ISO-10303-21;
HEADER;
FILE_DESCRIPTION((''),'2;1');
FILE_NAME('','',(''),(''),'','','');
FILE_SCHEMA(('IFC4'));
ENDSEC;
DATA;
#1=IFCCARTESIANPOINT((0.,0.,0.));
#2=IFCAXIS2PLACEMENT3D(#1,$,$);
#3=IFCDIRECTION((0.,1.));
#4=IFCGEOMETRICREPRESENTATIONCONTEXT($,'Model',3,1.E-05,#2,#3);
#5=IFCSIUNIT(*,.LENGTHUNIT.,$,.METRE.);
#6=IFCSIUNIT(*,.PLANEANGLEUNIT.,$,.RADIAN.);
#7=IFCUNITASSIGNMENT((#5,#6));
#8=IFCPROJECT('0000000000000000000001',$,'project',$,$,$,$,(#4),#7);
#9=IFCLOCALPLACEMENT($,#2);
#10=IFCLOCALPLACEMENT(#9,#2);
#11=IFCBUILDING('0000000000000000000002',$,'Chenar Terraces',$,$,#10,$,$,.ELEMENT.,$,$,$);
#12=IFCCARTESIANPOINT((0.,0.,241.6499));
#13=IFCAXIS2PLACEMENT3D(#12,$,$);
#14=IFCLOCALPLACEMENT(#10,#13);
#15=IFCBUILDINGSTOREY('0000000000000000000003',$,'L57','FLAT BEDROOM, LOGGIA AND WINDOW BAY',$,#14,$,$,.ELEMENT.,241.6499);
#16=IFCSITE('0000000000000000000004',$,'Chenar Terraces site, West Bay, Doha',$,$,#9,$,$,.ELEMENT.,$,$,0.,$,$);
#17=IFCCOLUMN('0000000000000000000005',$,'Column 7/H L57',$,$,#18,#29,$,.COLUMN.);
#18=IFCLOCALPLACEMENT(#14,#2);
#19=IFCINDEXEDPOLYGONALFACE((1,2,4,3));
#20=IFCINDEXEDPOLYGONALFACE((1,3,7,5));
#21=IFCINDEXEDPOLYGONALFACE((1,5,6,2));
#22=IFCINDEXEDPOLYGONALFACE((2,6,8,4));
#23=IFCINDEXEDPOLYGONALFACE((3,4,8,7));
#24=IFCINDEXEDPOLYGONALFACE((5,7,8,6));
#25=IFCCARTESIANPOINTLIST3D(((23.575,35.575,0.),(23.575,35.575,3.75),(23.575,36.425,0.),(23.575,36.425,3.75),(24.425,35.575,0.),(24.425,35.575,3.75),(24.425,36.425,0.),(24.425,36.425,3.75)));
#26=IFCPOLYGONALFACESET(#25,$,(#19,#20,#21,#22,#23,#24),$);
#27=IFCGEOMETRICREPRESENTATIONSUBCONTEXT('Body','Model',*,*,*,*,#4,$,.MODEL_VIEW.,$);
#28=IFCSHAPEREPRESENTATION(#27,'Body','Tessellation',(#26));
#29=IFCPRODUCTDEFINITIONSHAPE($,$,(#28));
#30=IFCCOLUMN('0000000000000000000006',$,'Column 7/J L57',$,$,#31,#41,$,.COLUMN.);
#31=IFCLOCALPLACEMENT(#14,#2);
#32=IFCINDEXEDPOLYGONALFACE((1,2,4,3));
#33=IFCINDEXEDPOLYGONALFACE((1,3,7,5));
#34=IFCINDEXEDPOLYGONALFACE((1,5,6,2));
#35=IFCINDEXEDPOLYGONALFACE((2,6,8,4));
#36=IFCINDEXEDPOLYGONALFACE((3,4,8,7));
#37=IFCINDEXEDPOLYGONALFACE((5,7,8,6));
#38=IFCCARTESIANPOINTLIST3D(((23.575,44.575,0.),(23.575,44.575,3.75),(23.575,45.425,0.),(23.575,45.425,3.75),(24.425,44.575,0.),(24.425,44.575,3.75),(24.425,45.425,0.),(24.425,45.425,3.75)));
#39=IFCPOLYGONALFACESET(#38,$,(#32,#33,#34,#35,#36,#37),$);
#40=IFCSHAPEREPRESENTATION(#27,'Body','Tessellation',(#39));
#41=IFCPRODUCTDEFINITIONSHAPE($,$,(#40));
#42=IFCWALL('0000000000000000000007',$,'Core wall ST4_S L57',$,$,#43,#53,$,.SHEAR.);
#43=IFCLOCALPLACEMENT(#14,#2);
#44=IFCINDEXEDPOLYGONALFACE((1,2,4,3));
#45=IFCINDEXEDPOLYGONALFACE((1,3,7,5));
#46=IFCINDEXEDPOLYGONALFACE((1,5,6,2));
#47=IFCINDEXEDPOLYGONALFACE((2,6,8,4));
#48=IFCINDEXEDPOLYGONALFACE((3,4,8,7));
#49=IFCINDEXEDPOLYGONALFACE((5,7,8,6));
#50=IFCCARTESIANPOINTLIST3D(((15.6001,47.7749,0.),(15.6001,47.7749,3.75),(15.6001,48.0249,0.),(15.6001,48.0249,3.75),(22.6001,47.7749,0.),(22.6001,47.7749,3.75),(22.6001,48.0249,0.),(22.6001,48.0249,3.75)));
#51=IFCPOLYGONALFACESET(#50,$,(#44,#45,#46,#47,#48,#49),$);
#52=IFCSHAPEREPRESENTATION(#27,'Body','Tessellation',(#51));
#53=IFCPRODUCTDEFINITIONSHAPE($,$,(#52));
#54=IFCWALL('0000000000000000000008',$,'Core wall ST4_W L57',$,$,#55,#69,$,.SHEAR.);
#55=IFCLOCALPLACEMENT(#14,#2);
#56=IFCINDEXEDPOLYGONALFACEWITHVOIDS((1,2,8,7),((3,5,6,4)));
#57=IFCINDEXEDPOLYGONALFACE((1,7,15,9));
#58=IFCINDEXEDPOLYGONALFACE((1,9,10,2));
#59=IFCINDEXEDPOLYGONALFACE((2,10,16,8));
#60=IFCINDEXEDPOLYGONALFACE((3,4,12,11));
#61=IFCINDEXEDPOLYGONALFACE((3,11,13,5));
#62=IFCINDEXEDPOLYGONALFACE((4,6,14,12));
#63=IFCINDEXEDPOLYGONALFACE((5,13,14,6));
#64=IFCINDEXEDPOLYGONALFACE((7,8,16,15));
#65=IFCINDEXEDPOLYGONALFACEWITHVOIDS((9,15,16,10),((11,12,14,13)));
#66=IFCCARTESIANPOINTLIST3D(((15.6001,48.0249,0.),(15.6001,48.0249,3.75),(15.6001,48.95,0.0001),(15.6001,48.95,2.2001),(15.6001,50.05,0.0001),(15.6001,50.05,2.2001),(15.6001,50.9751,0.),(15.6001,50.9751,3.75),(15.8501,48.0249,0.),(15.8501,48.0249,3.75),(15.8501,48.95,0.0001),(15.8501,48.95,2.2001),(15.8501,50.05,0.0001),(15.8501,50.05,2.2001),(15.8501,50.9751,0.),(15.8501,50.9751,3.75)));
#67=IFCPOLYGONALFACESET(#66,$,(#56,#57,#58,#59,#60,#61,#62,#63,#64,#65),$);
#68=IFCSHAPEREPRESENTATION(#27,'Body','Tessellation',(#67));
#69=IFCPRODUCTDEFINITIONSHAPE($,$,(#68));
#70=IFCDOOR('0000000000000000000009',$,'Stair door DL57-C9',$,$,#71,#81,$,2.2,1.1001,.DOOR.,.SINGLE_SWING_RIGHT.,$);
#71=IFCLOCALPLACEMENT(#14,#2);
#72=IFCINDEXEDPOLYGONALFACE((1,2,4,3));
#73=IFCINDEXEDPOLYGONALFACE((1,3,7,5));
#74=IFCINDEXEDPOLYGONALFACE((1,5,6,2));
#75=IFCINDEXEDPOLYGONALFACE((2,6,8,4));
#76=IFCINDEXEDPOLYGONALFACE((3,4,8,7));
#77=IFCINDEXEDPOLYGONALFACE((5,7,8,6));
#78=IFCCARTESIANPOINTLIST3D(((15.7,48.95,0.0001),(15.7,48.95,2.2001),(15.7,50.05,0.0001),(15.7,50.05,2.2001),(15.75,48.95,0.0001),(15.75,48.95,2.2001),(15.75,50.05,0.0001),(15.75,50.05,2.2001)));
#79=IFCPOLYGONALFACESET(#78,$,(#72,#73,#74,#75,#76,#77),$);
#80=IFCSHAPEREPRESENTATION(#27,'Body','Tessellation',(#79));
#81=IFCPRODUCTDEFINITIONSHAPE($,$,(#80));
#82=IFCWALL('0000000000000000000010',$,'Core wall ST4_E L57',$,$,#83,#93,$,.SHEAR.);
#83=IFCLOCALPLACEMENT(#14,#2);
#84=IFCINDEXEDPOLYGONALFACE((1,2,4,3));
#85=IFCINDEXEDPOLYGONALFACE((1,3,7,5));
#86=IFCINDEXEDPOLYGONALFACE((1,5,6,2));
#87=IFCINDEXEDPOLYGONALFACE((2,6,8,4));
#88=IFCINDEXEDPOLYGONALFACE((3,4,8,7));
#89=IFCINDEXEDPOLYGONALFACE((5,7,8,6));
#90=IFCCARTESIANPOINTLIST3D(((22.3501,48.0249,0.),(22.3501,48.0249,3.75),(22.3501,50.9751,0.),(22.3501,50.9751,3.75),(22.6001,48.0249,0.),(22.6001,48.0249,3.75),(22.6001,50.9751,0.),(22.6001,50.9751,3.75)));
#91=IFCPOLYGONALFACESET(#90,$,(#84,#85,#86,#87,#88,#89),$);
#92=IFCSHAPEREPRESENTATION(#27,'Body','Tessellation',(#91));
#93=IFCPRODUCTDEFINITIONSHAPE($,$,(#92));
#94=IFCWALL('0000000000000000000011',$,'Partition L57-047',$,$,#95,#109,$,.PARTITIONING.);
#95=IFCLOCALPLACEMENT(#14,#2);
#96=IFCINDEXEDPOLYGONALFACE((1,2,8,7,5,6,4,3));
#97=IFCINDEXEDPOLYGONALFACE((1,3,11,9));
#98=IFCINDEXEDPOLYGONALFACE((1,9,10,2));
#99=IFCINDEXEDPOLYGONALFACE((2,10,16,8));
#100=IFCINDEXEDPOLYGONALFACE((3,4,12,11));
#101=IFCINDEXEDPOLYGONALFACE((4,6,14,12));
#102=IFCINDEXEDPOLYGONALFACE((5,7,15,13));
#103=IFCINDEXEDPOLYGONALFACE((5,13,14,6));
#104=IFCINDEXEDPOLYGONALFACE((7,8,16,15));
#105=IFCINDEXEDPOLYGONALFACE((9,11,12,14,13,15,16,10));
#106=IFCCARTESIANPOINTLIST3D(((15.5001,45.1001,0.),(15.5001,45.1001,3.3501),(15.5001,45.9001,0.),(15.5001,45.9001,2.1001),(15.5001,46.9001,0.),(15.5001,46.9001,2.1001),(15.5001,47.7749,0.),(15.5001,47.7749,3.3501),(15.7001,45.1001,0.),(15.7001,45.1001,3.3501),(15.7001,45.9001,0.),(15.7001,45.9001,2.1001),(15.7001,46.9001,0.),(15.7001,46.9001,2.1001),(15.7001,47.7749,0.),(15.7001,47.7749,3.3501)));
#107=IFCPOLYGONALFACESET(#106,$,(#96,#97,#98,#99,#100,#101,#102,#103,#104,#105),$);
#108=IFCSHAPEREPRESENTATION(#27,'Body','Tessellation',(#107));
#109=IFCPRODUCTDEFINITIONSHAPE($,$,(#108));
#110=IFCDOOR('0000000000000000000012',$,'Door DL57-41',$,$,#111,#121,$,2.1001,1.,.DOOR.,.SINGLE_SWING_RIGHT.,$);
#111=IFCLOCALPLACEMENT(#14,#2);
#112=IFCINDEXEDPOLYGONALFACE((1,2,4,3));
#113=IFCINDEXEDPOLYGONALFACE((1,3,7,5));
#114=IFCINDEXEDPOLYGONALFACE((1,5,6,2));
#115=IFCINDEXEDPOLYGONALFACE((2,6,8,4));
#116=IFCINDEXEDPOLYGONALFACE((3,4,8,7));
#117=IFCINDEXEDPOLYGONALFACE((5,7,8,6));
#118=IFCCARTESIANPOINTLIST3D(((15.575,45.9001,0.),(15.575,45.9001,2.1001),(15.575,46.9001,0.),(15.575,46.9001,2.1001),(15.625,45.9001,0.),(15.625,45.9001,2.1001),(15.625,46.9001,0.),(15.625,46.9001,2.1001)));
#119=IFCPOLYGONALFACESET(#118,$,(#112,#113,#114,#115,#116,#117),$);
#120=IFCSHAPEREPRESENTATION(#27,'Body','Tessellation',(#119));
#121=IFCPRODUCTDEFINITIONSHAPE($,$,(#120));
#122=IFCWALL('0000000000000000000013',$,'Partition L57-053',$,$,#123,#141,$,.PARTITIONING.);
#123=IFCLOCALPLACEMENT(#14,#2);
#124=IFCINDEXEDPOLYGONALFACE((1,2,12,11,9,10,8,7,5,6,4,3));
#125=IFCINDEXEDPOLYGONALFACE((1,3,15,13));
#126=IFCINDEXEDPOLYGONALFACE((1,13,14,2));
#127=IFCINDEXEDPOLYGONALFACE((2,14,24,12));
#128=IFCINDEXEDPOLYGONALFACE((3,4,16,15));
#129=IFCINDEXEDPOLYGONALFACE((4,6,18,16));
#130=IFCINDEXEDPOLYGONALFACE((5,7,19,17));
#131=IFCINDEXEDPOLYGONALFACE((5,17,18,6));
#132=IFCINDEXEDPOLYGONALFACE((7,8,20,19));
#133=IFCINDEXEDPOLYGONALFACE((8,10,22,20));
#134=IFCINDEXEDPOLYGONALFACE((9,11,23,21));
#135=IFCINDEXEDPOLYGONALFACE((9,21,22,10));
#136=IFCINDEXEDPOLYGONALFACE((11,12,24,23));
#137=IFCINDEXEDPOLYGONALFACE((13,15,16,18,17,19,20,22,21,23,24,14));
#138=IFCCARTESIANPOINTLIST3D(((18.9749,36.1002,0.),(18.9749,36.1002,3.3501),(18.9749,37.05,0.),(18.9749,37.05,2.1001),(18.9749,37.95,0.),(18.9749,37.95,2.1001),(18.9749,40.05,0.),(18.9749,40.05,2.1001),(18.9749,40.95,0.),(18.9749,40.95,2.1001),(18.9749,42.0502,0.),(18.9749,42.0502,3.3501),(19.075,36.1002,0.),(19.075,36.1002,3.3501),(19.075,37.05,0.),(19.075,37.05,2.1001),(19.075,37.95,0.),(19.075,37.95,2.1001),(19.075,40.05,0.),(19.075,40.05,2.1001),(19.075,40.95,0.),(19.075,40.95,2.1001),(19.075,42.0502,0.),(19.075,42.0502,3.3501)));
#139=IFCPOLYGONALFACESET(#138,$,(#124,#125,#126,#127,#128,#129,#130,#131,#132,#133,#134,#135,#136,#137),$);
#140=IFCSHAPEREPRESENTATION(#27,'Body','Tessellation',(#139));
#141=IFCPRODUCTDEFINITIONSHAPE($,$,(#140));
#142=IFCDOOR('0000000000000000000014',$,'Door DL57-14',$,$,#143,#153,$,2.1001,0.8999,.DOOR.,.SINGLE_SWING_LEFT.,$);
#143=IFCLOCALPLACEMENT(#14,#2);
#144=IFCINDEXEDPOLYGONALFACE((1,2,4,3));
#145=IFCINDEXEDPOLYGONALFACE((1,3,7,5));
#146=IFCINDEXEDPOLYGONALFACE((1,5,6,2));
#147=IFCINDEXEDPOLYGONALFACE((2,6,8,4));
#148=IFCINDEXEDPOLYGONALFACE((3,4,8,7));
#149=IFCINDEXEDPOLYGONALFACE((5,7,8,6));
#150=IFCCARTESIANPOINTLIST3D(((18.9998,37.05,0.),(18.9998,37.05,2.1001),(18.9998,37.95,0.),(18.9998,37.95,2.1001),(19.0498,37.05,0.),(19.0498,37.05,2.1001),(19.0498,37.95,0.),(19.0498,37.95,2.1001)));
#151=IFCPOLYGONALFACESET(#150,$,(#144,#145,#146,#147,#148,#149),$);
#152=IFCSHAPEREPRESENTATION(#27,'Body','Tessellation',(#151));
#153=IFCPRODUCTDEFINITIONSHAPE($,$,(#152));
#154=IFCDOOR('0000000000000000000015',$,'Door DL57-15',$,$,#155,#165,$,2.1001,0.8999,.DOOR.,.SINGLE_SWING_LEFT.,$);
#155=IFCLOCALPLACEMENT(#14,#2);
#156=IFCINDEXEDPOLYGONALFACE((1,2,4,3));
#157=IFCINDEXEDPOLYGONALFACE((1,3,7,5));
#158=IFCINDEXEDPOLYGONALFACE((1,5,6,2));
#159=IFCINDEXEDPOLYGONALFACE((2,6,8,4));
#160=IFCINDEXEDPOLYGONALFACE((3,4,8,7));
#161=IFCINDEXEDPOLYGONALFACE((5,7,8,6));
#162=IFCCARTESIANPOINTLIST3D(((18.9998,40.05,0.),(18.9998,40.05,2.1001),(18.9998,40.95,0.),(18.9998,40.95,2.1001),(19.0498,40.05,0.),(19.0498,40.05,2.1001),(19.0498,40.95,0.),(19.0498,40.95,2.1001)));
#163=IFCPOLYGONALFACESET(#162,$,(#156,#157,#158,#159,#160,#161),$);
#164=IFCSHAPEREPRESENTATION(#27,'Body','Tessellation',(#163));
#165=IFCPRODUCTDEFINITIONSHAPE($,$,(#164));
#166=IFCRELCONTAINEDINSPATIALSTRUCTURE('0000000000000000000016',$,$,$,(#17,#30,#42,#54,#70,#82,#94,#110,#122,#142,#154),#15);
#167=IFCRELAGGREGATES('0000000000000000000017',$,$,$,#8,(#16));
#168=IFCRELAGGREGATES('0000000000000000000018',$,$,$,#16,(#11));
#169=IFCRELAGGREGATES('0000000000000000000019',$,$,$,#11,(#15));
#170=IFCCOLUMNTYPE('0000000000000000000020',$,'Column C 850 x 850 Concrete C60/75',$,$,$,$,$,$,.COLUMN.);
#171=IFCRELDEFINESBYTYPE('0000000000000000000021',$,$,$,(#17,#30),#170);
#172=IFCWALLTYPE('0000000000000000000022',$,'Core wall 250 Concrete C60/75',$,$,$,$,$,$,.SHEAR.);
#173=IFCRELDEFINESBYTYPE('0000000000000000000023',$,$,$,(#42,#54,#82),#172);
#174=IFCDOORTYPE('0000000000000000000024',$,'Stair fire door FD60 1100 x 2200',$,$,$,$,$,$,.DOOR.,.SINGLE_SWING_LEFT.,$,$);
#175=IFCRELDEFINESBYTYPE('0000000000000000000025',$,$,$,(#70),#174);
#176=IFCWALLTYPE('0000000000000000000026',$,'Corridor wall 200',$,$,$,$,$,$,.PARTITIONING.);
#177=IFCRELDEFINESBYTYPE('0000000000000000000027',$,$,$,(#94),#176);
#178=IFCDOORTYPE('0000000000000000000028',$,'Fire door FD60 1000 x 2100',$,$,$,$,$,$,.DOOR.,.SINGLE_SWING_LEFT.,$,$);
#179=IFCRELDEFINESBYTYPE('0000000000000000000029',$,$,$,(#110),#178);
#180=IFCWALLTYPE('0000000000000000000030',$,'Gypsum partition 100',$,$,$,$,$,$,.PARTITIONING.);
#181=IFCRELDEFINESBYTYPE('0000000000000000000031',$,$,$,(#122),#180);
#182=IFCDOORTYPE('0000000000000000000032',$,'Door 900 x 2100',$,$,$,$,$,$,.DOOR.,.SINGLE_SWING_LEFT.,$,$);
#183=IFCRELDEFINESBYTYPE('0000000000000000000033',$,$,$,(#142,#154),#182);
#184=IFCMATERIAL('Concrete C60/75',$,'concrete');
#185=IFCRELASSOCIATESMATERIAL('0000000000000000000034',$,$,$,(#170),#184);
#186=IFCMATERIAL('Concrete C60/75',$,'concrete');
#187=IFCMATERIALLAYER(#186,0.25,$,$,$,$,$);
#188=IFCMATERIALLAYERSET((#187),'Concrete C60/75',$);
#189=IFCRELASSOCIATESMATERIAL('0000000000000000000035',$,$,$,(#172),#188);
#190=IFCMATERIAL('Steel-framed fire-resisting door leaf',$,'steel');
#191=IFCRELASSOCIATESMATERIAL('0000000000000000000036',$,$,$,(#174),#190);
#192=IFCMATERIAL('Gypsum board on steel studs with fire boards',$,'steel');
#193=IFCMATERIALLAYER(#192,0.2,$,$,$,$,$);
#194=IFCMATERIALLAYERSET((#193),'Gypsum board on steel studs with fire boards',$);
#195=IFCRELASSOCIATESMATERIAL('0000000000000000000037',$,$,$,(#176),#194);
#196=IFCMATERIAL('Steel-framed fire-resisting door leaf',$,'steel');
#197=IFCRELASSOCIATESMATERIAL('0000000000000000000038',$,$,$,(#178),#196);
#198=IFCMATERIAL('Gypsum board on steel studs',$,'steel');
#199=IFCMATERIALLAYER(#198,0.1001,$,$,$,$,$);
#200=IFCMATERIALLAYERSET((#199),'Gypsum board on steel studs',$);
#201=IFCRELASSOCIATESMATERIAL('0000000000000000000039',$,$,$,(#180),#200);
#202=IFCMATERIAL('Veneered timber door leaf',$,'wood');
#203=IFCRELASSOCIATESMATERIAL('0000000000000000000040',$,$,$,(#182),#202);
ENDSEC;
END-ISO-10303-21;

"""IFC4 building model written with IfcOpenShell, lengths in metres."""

from ifc_helpers import new_model, si_unit, direction, frame, frame_2d, origin, origin_2d, place, context, subcontext, project, spatial, rectangle, extrude, material, layer, layer_set, material_profile, profile_set, type_object, element, fill, save


model = new_model("IFC4")

# Units and contexts
model_context = context("Model", 3, precision=1e-05, world=origin(), true_north=direction((0.0, 1.0)))
body_context = subcontext(model_context, "Body", "Model", "MODEL_VIEW")
ifc_project = project(units=[si_unit("LENGTHUNIT", "METRE"), si_unit("PLANEANGLEUNIT", "RADIAN")], contexts=[model_context])

# Site, building, storey
site_placement = place(None, origin())
site = spatial("IfcSite", under=ifc_project, at=site_placement, Name="Chenar Terraces site, West Bay, Doha", CompositionType="ELEMENT", RefElevation=0.0)
building_placement = place(site_placement, origin())
building = spatial("IfcBuilding", under=site, at=building_placement, Name="Chenar Terraces", CompositionType="ELEMENT")
storey_placement = place(building_placement, frame((0.0, 0.0, 241.6499)))
storey = spatial("IfcBuildingStorey", under=building, at=storey_placement, Name="L57", Description="FLAT BEDROOM, LOGGIA AND WINDOW BAY", CompositionType="ELEMENT", Elevation=241.6499)

# Columns
ifc_material_1 = material(Name="Concrete C60/75", Category="concrete")
ifc_material_profile = material_profile(ifc_material_1, rectangle(XDim=0.8501, YDim=0.8501, at=origin_2d()), Name="C 850 x 850")
ifc_profile_set = profile_set([ifc_material_profile], Name="Concrete C60/75")
column_type = type_object("IfcColumnType", Name="Column C 850 x 850 Concrete C60/75", PredefinedType="COLUMN", material=ifc_profile_set)
for number, where, z_axis, x_axis, name in (
    (1, (24.0, 36.0, 0.0), (0.0, 0.0, 1.0), (1.0, 0.0, 0.0), "Column 7/H L57"),
    (2, (24.0, 45.0, 0.0), (0.0, 0.0, 1.0), (1.0, 0.0, 0.0), "Column 7/J L57"),
):
    element("IfcColumn", number, at=place(storey_placement, frame(where, z_axis=z_axis, x_axis=x_axis)), inside=storey, type_object=column_type, Name=name, PredefinedType="COLUMN", context=body_context, shape_type="SweptSolid", body=[
        extrude(rectangle(XDim=0.8501, YDim=0.8501, at=origin_2d()), origin(), (0.0, 0.0, 1.0), 3.75),
    ])

# Wall
ifc_material_2 = material(Name="Concrete C60/75", Category="concrete")
ifc_layer_1 = layer(ifc_material_2, 0.25)
ifc_layer_set_1 = layer_set([ifc_layer_1], Name="Concrete C60/75")
wall_type_1 = type_object("IfcWallType", Name="Core wall 250 Concrete C60/75", PredefinedType="SHEAR", material=ifc_layer_set_1)
wall_1_placement = place(storey_placement, frame((15.6001, 47.8999, 0.0), z_axis=(0.0, 0.0, 1.0), x_axis=(1.0, 0.0, 0.0)))
element("IfcWall", 3, at=wall_1_placement, inside=storey, type_object=wall_type_1, Name="Core wall ST4_S L57", PredefinedType="SHEAR", context=body_context, shape_type="SweptSolid", body=[
    extrude(rectangle(XDim=7.0, YDim=0.25, at=frame_2d((3.5, 0.0))), origin(), (0.0, 0.0, 1.0), 3.75),
])

# Wall, opening, door
wall_2_placement = place(storey_placement, frame((15.7251, 48.0249, 0.0), z_axis=(0.0, 0.0, 1.0), x_axis=(0.0, 1.0, 0.0)))
wall_2 = element("IfcWall", 4, at=wall_2_placement, inside=storey, type_object=wall_type_1, Name="Core wall ST4_W L57", PredefinedType="SHEAR", context=body_context, shape_type="SweptSolid", body=[
    extrude(rectangle(XDim=2.9502, YDim=0.25, at=frame_2d((1.4751, 0.0))), origin(), (0.0, 0.0, 1.0), 3.75),
])
opening_1_placement = place(wall_2_placement, frame((0.925, 0.0, 0.0)))
opening_1 = element("IfcOpeningElement", 5, at=opening_1_placement, cuts=wall_2, PredefinedType="OPENING", context=body_context, shape_type="SweptSolid", body=[
    extrude(rectangle(XDim=1.1001, YDim=2.2, at=frame_2d((0.55, 1.1001))), frame((0.0, 0.135, 0.0), z_axis=(0.0, -1.0, 0.0), x_axis=(1.0, 0.0, 0.0)), (0.0, 0.0, 1.0), 0.27),
])
ifc_material_3 = material(Name="Steel-framed fire-resisting door leaf", Category="steel")
door_type_1 = type_object("IfcDoorType", Name="Stair fire door FD60 1100 x 2200", OperationType="SINGLE_SWING_LEFT", PredefinedType="DOOR", material=ifc_material_3)
door_1_placement = place(opening_1_placement, frame((1.1001, 0.0, 0.0), z_axis=(0.0, 0.0, 1.0), x_axis=(-1.0, 0.0, 0.0)))
door_1 = element("IfcDoor", 6, at=door_1_placement, inside=storey, type_object=door_type_1, Name="Stair door DL57-C9", OperationType="SINGLE_SWING_RIGHT", OverallHeight=2.2, OverallWidth=1.1001, PredefinedType="DOOR", context=body_context, shape_type="SweptSolid", body=[
    extrude(rectangle(XDim=1.1001, YDim=2.2, at=frame_2d((0.55, 1.1001))), frame((0.0, 0.0249, 0.0), z_axis=(0.0, -1.0, 0.0), x_axis=(1.0, 0.0, 0.0)), (0.0, 0.0, 1.0), 0.05),
])
fill(opening_1, door_1)

# Wall
wall_3_placement = place(storey_placement, frame((22.4751, 48.0249, 0.0), z_axis=(0.0, 0.0, 1.0), x_axis=(0.0, 1.0, 0.0)))
element("IfcWall", 7, at=wall_3_placement, inside=storey, type_object=wall_type_1, Name="Core wall ST4_E L57", PredefinedType="SHEAR", context=body_context, shape_type="SweptSolid", body=[
    extrude(rectangle(XDim=2.9502, YDim=0.25, at=frame_2d((1.4751, 0.0))), origin(), (0.0, 0.0, 1.0), 3.75),
])

# Wall, opening, door
ifc_material_4 = material(Name="Gypsum board on steel studs with fire boards", Category="steel")
ifc_layer_2 = layer(ifc_material_4, 0.2)
ifc_layer_set_2 = layer_set([ifc_layer_2], Name="Gypsum board on steel studs with fire boards")
wall_type_2 = type_object("IfcWallType", Name="Corridor wall 200", PredefinedType="PARTITIONING", material=ifc_layer_set_2)
wall_4_placement = place(storey_placement, frame((15.6001, 45.1001, 0.0), z_axis=(0.0, 0.0, 1.0), x_axis=(0.0, 1.0, 0.0)))
wall_4 = element("IfcWall", 8, at=wall_4_placement, inside=storey, type_object=wall_type_2, Name="Partition L57-047", PredefinedType="PARTITIONING", context=body_context, shape_type="SweptSolid", body=[
    extrude(rectangle(XDim=2.6748, YDim=0.2, at=frame_2d((1.3374, 0.0))), origin(), (0.0, 0.0, 1.0), 3.3501),
])
opening_2_placement = place(wall_4_placement, frame((0.8, 0.0, 0.0)))
opening_2 = element("IfcOpeningElement", 9, at=opening_2_placement, cuts=wall_4, PredefinedType="OPENING", context=body_context, shape_type="SweptSolid", body=[
    extrude(rectangle(XDim=1.0, YDim=2.1001, at=frame_2d((0.5, 1.05))), frame((0.0, 0.1099, 0.0), z_axis=(0.0, -1.0, 0.0), x_axis=(1.0, 0.0, 0.0)), (0.0, 0.0, 1.0), 0.22),
])
ifc_material_5 = material(Name="Steel-framed fire-resisting door leaf", Category="steel")
door_type_2 = type_object("IfcDoorType", Name="Fire door FD60 1000 x 2100", OperationType="SINGLE_SWING_LEFT", PredefinedType="DOOR", material=ifc_material_5)
door_2_placement = place(opening_2_placement, frame((1.0, 0.0, 0.0), z_axis=(0.0, 0.0, 1.0), x_axis=(-1.0, 0.0, 0.0)))
door_2 = element("IfcDoor", 10, at=door_2_placement, inside=storey, type_object=door_type_2, Name="Door DL57-41", OperationType="SINGLE_SWING_RIGHT", OverallHeight=2.1001, OverallWidth=1.0, PredefinedType="DOOR", context=body_context, shape_type="SweptSolid", body=[
    extrude(rectangle(XDim=1.0, YDim=2.1001, at=frame_2d((0.5, 1.05))), frame((0.0, 0.0249, 0.0), z_axis=(0.0, -1.0, 0.0), x_axis=(1.0, 0.0, 0.0)), (0.0, 0.0, 1.0), 0.05),
])
fill(opening_2, door_2)

# Wall, openings, doors
ifc_material_6 = material(Name="Gypsum board on steel studs", Category="steel")
ifc_layer_3 = layer(ifc_material_6, 0.1001)
ifc_layer_set_3 = layer_set([ifc_layer_3], Name="Gypsum board on steel studs")
wall_type_3 = type_object("IfcWallType", Name="Gypsum partition 100", PredefinedType="PARTITIONING", material=ifc_layer_set_3)
wall_5_placement = place(storey_placement, frame((19.0249, 36.1001, 0.0), z_axis=(0.0, 0.0, 1.0), x_axis=(0.0, 1.0, 0.0)))
wall_5 = element("IfcWall", 11, at=wall_5_placement, inside=storey, type_object=wall_type_3, Name="Partition L57-053", PredefinedType="PARTITIONING", context=body_context, shape_type="SweptSolid", body=[
    extrude(rectangle(XDim=5.95, YDim=0.1001, at=frame_2d((2.9751, 0.0))), origin(), (0.0, 0.0, 1.0), 3.3501),
])
opening_3_placement = place(wall_5_placement, frame((0.95, 0.0, 0.0)))
opening_3 = element("IfcOpeningElement", 12, at=opening_3_placement, cuts=wall_5, PredefinedType="OPENING", context=body_context, shape_type="SweptSolid", body=[
    extrude(rectangle(XDim=0.8999, YDim=2.1001, at=frame_2d((0.45, 1.05))), frame((0.0, 0.0601, 0.0), z_axis=(0.0, -1.0, 0.0), x_axis=(1.0, 0.0, 0.0)), (0.0, 0.0, 1.0), 0.1201),
])
opening_4_placement = place(wall_5_placement, frame((3.95, 0.0, 0.0)))
opening_4 = element("IfcOpeningElement", 13, at=opening_4_placement, cuts=wall_5, PredefinedType="OPENING", context=body_context, shape_type="SweptSolid", body=[
    extrude(rectangle(XDim=0.8999, YDim=2.1001, at=frame_2d((0.45, 1.05))), frame((0.0, 0.0601, 0.0), z_axis=(0.0, -1.0, 0.0), x_axis=(1.0, 0.0, 0.0)), (0.0, 0.0, 1.0), 0.1201),
])
ifc_material_7 = material(Name="Veneered timber door leaf", Category="wood")
door_type_3 = type_object("IfcDoorType", Name="Door 900 x 2100", OperationType="SINGLE_SWING_LEFT", PredefinedType="DOOR", material=ifc_material_7)
door_3_placement = place(opening_3_placement, frame((0.8999, 0.0, 0.0), z_axis=(0.0, 0.0, 1.0), x_axis=(-1.0, 0.0, 0.0)))
door_3 = element("IfcDoor", 14, at=door_3_placement, inside=storey, type_object=door_type_3, Name="Door DL57-14", OperationType="SINGLE_SWING_LEFT", OverallHeight=2.1001, OverallWidth=0.8999, PredefinedType="DOOR", context=body_context, shape_type="SweptSolid", body=[
    extrude(rectangle(XDim=0.8999, YDim=2.1001, at=frame_2d((0.45, 1.05))), frame((0.0, 0.0249, 0.0), z_axis=(0.0, -1.0, 0.0), x_axis=(1.0, 0.0, 0.0)), (0.0, 0.0, 1.0), 0.05),
])
fill(opening_3, door_3)
door_4_placement = place(opening_4_placement, frame((0.8999, 0.0, 0.0), z_axis=(0.0, 0.0, 1.0), x_axis=(-1.0, 0.0, 0.0)))
door_4 = element("IfcDoor", 15, at=door_4_placement, inside=storey, type_object=door_type_3, Name="Door DL57-15", OperationType="SINGLE_SWING_LEFT", OverallHeight=2.1001, OverallWidth=0.8999, PredefinedType="DOOR", context=body_context, shape_type="SweptSolid", body=[
    extrude(rectangle(XDim=0.8999, YDim=2.1001, at=frame_2d((0.45, 1.05))), frame((0.0, 0.0249, 0.0), z_axis=(0.0, -1.0, 0.0), x_axis=(1.0, 0.0, 0.0)), (0.0, 0.0, 1.0), 0.05),
])
fill(opening_4, door_4)

save(model, "model.ifc")
